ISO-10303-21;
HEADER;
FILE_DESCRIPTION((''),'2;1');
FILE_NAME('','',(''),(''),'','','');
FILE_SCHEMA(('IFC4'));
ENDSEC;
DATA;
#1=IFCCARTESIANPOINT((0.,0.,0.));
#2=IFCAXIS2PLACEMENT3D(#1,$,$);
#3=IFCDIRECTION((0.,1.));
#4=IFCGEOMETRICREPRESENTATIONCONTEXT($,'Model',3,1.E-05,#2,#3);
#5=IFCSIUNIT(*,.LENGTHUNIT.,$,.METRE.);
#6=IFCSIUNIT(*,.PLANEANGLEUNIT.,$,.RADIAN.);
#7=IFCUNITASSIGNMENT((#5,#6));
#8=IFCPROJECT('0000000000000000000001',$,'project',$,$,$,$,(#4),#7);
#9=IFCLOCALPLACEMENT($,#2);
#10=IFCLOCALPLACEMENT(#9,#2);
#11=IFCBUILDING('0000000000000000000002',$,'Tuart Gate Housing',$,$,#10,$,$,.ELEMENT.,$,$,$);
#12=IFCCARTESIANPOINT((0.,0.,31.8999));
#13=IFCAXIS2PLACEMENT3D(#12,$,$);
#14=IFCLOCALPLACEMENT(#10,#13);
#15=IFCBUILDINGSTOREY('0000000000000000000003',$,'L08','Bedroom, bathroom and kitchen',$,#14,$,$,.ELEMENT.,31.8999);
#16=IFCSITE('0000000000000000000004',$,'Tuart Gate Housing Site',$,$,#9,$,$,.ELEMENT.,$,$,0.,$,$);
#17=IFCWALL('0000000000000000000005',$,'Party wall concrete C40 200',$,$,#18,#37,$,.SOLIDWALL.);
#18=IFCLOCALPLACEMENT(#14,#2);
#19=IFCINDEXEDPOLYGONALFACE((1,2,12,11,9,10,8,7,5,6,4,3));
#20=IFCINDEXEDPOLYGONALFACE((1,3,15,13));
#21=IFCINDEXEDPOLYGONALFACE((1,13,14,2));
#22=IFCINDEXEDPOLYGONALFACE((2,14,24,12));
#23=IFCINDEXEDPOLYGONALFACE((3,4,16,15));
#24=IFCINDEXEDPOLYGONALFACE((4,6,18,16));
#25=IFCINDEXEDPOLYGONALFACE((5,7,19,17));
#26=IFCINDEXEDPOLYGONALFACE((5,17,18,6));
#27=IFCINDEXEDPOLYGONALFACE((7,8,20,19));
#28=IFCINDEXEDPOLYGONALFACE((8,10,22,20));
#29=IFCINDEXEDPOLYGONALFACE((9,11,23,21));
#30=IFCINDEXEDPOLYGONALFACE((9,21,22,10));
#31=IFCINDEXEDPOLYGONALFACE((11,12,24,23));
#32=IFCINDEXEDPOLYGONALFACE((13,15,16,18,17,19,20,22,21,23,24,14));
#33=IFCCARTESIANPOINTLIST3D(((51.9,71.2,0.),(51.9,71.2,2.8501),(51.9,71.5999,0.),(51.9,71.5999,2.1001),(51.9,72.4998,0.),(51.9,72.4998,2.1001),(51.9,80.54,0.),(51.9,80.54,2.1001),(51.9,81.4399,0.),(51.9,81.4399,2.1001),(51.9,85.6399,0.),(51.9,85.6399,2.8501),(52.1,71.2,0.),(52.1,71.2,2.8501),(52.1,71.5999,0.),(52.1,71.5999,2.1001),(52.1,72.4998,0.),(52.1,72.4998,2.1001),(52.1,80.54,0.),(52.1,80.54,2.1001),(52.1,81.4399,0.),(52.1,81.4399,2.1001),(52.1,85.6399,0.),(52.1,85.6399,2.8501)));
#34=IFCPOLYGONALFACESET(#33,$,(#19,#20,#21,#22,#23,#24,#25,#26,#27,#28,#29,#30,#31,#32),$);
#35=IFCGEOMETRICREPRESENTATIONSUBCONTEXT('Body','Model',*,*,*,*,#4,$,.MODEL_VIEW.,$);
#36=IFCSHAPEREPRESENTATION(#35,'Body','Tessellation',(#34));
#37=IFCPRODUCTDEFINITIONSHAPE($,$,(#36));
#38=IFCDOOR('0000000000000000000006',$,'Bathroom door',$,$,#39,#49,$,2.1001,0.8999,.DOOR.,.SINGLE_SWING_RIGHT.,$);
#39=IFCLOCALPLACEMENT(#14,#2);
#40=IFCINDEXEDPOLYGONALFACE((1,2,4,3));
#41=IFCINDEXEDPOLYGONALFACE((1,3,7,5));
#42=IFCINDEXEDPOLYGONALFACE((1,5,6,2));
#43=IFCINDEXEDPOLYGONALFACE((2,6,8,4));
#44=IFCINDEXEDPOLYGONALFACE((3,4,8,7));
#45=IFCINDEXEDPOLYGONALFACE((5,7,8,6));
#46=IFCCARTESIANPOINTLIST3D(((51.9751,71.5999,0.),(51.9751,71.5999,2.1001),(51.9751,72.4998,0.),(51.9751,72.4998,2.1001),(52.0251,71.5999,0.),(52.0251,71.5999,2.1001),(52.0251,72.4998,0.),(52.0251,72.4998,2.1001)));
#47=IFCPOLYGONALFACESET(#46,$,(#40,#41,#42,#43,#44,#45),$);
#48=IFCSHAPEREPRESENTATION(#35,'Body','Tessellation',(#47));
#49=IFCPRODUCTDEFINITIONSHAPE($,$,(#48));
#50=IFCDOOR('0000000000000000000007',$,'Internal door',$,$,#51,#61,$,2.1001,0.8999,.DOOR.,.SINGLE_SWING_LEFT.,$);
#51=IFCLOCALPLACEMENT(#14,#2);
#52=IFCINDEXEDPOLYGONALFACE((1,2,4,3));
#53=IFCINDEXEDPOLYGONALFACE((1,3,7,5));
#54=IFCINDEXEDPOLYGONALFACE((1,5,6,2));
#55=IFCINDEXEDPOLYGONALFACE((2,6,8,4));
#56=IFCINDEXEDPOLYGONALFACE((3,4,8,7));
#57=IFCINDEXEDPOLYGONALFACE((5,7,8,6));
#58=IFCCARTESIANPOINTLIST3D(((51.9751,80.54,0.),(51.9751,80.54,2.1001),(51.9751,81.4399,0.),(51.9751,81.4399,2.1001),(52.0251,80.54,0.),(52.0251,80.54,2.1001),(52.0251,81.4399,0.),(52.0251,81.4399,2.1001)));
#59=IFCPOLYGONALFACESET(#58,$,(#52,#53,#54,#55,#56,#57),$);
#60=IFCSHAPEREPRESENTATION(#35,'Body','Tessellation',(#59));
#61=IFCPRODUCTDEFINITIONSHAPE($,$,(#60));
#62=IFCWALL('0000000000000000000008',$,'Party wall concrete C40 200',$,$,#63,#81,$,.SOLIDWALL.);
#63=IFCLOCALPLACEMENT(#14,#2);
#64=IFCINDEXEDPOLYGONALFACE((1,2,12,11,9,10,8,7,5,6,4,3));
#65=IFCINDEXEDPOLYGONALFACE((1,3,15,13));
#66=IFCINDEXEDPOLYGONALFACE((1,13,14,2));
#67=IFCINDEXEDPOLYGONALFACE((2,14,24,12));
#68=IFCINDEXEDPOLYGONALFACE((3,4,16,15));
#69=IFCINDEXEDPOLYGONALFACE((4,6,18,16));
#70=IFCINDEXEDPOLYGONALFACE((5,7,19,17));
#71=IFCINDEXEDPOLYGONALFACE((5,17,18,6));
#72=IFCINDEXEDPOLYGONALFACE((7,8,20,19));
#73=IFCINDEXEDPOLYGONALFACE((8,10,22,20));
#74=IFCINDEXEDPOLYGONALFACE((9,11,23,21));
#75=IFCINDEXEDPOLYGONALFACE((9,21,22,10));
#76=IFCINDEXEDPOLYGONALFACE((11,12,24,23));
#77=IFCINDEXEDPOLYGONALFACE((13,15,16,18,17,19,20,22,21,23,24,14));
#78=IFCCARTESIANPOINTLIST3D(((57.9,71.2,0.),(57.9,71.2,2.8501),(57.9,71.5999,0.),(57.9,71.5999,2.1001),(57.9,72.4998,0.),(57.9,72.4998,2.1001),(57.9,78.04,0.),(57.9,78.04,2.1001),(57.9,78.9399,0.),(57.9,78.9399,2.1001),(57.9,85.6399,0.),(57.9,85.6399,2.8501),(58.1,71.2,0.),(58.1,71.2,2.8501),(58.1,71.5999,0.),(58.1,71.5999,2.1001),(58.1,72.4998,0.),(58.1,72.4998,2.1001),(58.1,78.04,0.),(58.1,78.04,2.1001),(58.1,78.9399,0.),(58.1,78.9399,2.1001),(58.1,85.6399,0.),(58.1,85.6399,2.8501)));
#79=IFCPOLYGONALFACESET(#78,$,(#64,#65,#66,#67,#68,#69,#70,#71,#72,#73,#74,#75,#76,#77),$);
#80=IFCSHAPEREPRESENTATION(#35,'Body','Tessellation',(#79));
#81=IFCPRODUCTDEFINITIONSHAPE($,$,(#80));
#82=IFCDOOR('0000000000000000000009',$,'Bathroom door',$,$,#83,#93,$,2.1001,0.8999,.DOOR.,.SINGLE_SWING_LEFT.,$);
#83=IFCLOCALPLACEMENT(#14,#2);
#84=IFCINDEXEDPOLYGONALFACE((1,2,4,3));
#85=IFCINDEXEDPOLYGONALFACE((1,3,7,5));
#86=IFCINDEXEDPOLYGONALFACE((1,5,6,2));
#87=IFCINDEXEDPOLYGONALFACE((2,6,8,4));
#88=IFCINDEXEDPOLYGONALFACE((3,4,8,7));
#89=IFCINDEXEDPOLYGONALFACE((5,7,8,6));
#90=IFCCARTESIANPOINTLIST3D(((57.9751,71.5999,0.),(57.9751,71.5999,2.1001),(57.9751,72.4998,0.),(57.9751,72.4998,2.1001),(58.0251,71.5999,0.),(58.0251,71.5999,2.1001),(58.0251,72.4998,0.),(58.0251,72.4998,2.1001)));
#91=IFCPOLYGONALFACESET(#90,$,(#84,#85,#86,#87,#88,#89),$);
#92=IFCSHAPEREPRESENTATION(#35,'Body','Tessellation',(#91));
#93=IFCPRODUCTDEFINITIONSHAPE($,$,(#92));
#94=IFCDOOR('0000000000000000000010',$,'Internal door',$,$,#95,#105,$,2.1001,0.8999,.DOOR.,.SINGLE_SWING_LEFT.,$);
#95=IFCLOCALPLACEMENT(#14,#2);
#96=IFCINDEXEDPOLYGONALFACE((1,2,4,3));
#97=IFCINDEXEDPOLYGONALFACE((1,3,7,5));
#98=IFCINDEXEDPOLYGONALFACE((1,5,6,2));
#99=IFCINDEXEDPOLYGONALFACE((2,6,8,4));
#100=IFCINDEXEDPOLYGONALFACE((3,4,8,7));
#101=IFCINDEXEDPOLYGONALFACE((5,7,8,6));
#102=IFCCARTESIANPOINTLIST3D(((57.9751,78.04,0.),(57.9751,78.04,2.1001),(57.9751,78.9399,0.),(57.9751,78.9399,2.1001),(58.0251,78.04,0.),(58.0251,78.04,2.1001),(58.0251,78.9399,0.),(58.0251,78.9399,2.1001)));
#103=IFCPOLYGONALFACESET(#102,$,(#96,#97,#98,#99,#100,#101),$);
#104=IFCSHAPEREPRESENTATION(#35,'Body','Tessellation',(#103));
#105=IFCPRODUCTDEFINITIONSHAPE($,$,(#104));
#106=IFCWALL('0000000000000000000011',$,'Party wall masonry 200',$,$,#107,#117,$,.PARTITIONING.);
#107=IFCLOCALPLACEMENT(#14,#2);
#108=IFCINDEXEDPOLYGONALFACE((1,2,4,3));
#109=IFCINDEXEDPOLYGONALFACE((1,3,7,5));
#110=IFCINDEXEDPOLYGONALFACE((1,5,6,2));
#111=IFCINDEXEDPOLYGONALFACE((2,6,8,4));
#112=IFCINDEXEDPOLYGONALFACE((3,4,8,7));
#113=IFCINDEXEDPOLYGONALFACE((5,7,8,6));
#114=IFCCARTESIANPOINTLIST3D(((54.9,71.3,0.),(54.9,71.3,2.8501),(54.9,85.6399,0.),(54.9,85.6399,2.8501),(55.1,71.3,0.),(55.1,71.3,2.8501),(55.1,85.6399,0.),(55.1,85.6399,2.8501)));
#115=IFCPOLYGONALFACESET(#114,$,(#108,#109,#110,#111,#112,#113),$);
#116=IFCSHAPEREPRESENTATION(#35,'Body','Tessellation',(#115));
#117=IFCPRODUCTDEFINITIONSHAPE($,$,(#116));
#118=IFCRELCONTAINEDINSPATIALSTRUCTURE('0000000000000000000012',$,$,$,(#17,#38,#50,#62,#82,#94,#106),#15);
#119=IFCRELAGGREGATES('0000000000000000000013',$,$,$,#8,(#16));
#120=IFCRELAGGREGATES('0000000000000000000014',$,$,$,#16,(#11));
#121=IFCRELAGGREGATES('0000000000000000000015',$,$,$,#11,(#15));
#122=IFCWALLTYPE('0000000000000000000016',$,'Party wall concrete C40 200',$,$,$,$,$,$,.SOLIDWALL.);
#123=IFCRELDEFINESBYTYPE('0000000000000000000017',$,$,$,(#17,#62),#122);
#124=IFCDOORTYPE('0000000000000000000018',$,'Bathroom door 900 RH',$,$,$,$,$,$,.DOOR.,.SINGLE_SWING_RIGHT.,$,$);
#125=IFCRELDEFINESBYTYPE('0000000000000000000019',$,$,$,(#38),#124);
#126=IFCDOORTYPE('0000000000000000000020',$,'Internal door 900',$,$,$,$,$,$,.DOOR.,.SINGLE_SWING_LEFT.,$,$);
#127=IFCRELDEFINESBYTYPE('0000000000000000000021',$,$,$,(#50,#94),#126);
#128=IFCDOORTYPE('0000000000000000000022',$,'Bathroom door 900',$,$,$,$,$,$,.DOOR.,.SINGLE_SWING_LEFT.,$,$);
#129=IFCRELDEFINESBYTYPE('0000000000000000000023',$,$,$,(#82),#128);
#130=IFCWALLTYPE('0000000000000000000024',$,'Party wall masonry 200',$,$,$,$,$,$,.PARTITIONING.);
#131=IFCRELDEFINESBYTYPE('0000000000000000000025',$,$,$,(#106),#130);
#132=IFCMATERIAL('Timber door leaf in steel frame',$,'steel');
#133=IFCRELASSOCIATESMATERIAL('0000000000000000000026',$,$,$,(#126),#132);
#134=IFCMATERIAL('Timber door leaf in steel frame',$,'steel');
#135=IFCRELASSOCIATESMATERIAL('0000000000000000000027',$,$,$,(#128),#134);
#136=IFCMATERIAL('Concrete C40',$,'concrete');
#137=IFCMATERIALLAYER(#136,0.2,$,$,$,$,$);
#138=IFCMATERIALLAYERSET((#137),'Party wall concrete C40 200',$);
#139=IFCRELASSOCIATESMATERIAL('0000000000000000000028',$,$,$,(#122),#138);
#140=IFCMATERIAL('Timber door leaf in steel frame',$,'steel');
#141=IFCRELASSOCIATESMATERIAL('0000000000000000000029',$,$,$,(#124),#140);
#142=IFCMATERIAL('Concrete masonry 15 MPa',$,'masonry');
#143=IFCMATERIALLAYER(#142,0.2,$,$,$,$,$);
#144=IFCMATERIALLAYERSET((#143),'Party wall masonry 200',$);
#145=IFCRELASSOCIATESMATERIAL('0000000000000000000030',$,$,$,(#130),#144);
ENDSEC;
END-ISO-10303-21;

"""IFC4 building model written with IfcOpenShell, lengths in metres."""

from ifc_helpers import new_model, si_unit, direction, frame, frame_2d, origin, place, context, subcontext, project, spatial, rectangle, extrude, material, layer, layer_set, type_object, element, fill, save


model = new_model("IFC4")

# Units and contexts
model_context = context("Model", 3, precision=1e-05, world=origin(), true_north=direction((0.0, 1.0)))
body_context = subcontext(model_context, "Body", "Model", "MODEL_VIEW")
ifc_project = project(units=[si_unit("LENGTHUNIT", "METRE"), si_unit("PLANEANGLEUNIT", "RADIAN")], contexts=[model_context])

# Site, building, storey
site_placement = place(None, origin())
site = spatial("IfcSite", under=ifc_project, at=site_placement, Name="Tuart Gate Housing Site", CompositionType="ELEMENT", RefElevation=0.0)
building_placement = place(site_placement, origin())
building = spatial("IfcBuilding", under=site, at=building_placement, Name="Tuart Gate Housing", CompositionType="ELEMENT")
storey_placement = place(building_placement, frame((0.0, 0.0, 31.8999)))
storey = spatial("IfcBuildingStorey", under=building, at=storey_placement, Name="L08", Description="Bedroom, bathroom and kitchen", CompositionType="ELEMENT", Elevation=31.8999)

# Shared definitions
ifc_material_1 = material(Name="Timber door leaf in steel frame", Category="steel")
door_type_1 = type_object("IfcDoorType", Name="Internal door 900", OperationType="SINGLE_SWING_LEFT", PredefinedType="DOOR", material=ifc_material_1)

# Shared definitions
ifc_material_2 = material(Name="Timber door leaf in steel frame", Category="steel")
door_type_2 = type_object("IfcDoorType", Name="Bathroom door 900", OperationType="SINGLE_SWING_LEFT", PredefinedType="DOOR", material=ifc_material_2)

# Shared definitions
ifc_material_3 = material(Name="Concrete C40", Category="concrete")
ifc_layer_1 = layer(ifc_material_3, 0.2)
ifc_layer_set_1 = layer_set([ifc_layer_1], Name="Party wall concrete C40 200")
wall_type_1 = type_object("IfcWallType", Name="Party wall concrete C40 200", PredefinedType="SOLIDWALL", material=ifc_layer_set_1)

# Walls, openings, doors
wall_1_placement = place(storey_placement, frame((52.0, 71.2, 0.0), z_axis=(0.0, 0.0, 1.0), x_axis=(0.0, 1.0, 0.0)))
wall_1 = element("IfcWall", 1, at=wall_1_placement, inside=storey, type_object=wall_type_1, Name="Party wall concrete C40 200", PredefinedType="SOLIDWALL", context=body_context, shape_type="SweptSolid", body=[
    extrude(rectangle(XDim=14.4399, YDim=0.2, at=frame_2d((7.22, 0.0))), origin(), (0.0, 0.0, 1.0), 2.8501),
])
opening_1_placement = place(wall_1_placement, frame((9.3401, 0.0, 0.0)))
opening_1 = element("IfcOpeningElement", 2, at=opening_1_placement, cuts=wall_1, PredefinedType="OPENING", context=body_context, shape_type="SweptSolid", body=[
    extrude(rectangle(XDim=0.8999, YDim=2.1001, at=frame_2d((0.45, 1.05))), frame((0.0, 0.1099, 0.0), z_axis=(0.0, -1.0, 0.0), x_axis=(1.0, 0.0, 0.0)), (0.0, 0.0, 1.0), 0.22),
])
opening_2_placement = place(wall_1_placement, frame((0.3999, 0.0, 0.0)))
opening_2 = element("IfcOpeningElement", 3, at=opening_2_placement, cuts=wall_1, PredefinedType="OPENING", context=body_context, shape_type="SweptSolid", body=[
    extrude(rectangle(XDim=0.8999, YDim=2.1001, at=frame_2d((0.45, 1.05))), frame((0.0, 0.1099, 0.0), z_axis=(0.0, -1.0, 0.0), x_axis=(1.0, 0.0, 0.0)), (0.0, 0.0, 1.0), 0.22),
])
ifc_material_4 = material(Name="Timber door leaf in steel frame", Category="steel")
door_type_3 = type_object("IfcDoorType", Name="Bathroom door 900 RH", OperationType="SINGLE_SWING_RIGHT", PredefinedType="DOOR", material=ifc_material_4)
door_1_placement = place(opening_2_placement, frame((0.8999, 0.0, 0.0), z_axis=(0.0, 0.0, 1.0), x_axis=(-1.0, 0.0, 0.0)))
door_1 = element("IfcDoor", 4, at=door_1_placement, inside=storey, type_object=door_type_3, Name="Bathroom door", OperationType="SINGLE_SWING_RIGHT", OverallHeight=2.1001, OverallWidth=0.8999, PredefinedType="DOOR", context=body_context, shape_type="SweptSolid", body=[
    extrude(rectangle(XDim=0.8999, YDim=2.1001, at=frame_2d((0.45, 1.05))), frame((0.0, 0.0251, 0.0), z_axis=(0.0, -1.0, 0.0), x_axis=(1.0, 0.0, 0.0)), (0.0, 0.0, 1.0), 0.05),
])
fill(opening_2, door_1)
door_2_placement = place(opening_1_placement, frame((0.8999, 0.0, 0.0), z_axis=(0.0, 0.0, 1.0), x_axis=(-1.0, 0.0, 0.0)))
door_2 = element("IfcDoor", 5, at=door_2_placement, inside=storey, type_object=door_type_1, Name="Internal door", OperationType="SINGLE_SWING_LEFT", OverallHeight=2.1001, OverallWidth=0.8999, PredefinedType="DOOR", context=body_context, shape_type="SweptSolid", body=[
    extrude(rectangle(XDim=0.8999, YDim=2.1001, at=frame_2d((0.45, 1.05))), frame((0.0, 0.0251, 0.0), z_axis=(0.0, -1.0, 0.0), x_axis=(1.0, 0.0, 0.0)), (0.0, 0.0, 1.0), 0.05),
])
fill(opening_1, door_2)
wall_2_placement = place(storey_placement, frame((58.0, 71.2, 0.0), z_axis=(0.0, 0.0, 1.0), x_axis=(0.0, 1.0, 0.0)))
wall_2 = element("IfcWall", 6, at=wall_2_placement, inside=storey, type_object=wall_type_1, Name="Party wall concrete C40 200", PredefinedType="SOLIDWALL", context=body_context, shape_type="SweptSolid", body=[
    extrude(rectangle(XDim=14.4399, YDim=0.2, at=frame_2d((7.22, 0.0))), origin(), (0.0, 0.0, 1.0), 2.8501),
])
opening_3_placement = place(wall_2_placement, frame((6.8401, 0.0, 0.0)))
opening_3 = element("IfcOpeningElement", 7, at=opening_3_placement, cuts=wall_2, PredefinedType="OPENING", context=body_context, shape_type="SweptSolid", body=[
    extrude(rectangle(XDim=0.8999, YDim=2.1001, at=frame_2d((0.45, 1.05))), frame((0.0, 0.1099, 0.0), z_axis=(0.0, -1.0, 0.0), x_axis=(1.0, 0.0, 0.0)), (0.0, 0.0, 1.0), 0.22),
])
opening_4_placement = place(wall_2_placement, frame((0.3999, 0.0, 0.0)))
opening_4 = element("IfcOpeningElement", 8, at=opening_4_placement, cuts=wall_2, PredefinedType="OPENING", context=body_context, shape_type="SweptSolid", body=[
    extrude(rectangle(XDim=0.8999, YDim=2.1001, at=frame_2d((0.45, 1.05))), frame((0.0, 0.1099, 0.0), z_axis=(0.0, -1.0, 0.0), x_axis=(1.0, 0.0, 0.0)), (0.0, 0.0, 1.0), 0.22),
])
door_3_placement = place(opening_4_placement, origin())
door_3 = element("IfcDoor", 9, at=door_3_placement, inside=storey, type_object=door_type_2, Name="Bathroom door", OperationType="SINGLE_SWING_LEFT", OverallHeight=2.1001, OverallWidth=0.8999, PredefinedType="DOOR", context=body_context, shape_type="SweptSolid", body=[
    extrude(rectangle(XDim=0.8999, YDim=2.1001, at=frame_2d((0.45, 1.05))), frame((0.0, 0.0249, 0.0), z_axis=(0.0, -1.0, 0.0), x_axis=(1.0, 0.0, 0.0)), (0.0, 0.0, 1.0), 0.05),
])
fill(opening_4, door_3)
door_4_placement = place(opening_3_placement, origin())
door_4 = element("IfcDoor", 10, at=door_4_placement, inside=storey, type_object=door_type_1, Name="Internal door", OperationType="SINGLE_SWING_LEFT", OverallHeight=2.1001, OverallWidth=0.8999, PredefinedType="DOOR", context=body_context, shape_type="SweptSolid", body=[
    extrude(rectangle(XDim=0.8999, YDim=2.1001, at=frame_2d((0.45, 1.05))), frame((0.0, 0.0249, 0.0), z_axis=(0.0, -1.0, 0.0), x_axis=(1.0, 0.0, 0.0)), (0.0, 0.0, 1.0), 0.05),
])
fill(opening_3, door_4)

# Wall
ifc_material_5 = material(Name="Concrete masonry 15 MPa", Category="masonry")
ifc_layer_2 = layer(ifc_material_5, 0.2)
ifc_layer_set_2 = layer_set([ifc_layer_2], Name="Party wall masonry 200")
wall_type_2 = type_object("IfcWallType", Name="Party wall masonry 200", PredefinedType="PARTITIONING", material=ifc_layer_set_2)
wall_3_placement = place(storey_placement, frame((55.0, 71.3, 0.0), z_axis=(0.0, 0.0, 1.0), x_axis=(0.0, 1.0, 0.0)))
element("IfcWall", 11, at=wall_3_placement, inside=storey, type_object=wall_type_2, Name="Party wall masonry 200", PredefinedType="PARTITIONING", context=body_context, shape_type="SweptSolid", body=[
    extrude(rectangle(XDim=14.3398, YDim=0.2, at=frame_2d((7.1699, 0.0))), origin(), (0.0, 0.0, 1.0), 2.8501),
])

save(model, "model.ifc")
